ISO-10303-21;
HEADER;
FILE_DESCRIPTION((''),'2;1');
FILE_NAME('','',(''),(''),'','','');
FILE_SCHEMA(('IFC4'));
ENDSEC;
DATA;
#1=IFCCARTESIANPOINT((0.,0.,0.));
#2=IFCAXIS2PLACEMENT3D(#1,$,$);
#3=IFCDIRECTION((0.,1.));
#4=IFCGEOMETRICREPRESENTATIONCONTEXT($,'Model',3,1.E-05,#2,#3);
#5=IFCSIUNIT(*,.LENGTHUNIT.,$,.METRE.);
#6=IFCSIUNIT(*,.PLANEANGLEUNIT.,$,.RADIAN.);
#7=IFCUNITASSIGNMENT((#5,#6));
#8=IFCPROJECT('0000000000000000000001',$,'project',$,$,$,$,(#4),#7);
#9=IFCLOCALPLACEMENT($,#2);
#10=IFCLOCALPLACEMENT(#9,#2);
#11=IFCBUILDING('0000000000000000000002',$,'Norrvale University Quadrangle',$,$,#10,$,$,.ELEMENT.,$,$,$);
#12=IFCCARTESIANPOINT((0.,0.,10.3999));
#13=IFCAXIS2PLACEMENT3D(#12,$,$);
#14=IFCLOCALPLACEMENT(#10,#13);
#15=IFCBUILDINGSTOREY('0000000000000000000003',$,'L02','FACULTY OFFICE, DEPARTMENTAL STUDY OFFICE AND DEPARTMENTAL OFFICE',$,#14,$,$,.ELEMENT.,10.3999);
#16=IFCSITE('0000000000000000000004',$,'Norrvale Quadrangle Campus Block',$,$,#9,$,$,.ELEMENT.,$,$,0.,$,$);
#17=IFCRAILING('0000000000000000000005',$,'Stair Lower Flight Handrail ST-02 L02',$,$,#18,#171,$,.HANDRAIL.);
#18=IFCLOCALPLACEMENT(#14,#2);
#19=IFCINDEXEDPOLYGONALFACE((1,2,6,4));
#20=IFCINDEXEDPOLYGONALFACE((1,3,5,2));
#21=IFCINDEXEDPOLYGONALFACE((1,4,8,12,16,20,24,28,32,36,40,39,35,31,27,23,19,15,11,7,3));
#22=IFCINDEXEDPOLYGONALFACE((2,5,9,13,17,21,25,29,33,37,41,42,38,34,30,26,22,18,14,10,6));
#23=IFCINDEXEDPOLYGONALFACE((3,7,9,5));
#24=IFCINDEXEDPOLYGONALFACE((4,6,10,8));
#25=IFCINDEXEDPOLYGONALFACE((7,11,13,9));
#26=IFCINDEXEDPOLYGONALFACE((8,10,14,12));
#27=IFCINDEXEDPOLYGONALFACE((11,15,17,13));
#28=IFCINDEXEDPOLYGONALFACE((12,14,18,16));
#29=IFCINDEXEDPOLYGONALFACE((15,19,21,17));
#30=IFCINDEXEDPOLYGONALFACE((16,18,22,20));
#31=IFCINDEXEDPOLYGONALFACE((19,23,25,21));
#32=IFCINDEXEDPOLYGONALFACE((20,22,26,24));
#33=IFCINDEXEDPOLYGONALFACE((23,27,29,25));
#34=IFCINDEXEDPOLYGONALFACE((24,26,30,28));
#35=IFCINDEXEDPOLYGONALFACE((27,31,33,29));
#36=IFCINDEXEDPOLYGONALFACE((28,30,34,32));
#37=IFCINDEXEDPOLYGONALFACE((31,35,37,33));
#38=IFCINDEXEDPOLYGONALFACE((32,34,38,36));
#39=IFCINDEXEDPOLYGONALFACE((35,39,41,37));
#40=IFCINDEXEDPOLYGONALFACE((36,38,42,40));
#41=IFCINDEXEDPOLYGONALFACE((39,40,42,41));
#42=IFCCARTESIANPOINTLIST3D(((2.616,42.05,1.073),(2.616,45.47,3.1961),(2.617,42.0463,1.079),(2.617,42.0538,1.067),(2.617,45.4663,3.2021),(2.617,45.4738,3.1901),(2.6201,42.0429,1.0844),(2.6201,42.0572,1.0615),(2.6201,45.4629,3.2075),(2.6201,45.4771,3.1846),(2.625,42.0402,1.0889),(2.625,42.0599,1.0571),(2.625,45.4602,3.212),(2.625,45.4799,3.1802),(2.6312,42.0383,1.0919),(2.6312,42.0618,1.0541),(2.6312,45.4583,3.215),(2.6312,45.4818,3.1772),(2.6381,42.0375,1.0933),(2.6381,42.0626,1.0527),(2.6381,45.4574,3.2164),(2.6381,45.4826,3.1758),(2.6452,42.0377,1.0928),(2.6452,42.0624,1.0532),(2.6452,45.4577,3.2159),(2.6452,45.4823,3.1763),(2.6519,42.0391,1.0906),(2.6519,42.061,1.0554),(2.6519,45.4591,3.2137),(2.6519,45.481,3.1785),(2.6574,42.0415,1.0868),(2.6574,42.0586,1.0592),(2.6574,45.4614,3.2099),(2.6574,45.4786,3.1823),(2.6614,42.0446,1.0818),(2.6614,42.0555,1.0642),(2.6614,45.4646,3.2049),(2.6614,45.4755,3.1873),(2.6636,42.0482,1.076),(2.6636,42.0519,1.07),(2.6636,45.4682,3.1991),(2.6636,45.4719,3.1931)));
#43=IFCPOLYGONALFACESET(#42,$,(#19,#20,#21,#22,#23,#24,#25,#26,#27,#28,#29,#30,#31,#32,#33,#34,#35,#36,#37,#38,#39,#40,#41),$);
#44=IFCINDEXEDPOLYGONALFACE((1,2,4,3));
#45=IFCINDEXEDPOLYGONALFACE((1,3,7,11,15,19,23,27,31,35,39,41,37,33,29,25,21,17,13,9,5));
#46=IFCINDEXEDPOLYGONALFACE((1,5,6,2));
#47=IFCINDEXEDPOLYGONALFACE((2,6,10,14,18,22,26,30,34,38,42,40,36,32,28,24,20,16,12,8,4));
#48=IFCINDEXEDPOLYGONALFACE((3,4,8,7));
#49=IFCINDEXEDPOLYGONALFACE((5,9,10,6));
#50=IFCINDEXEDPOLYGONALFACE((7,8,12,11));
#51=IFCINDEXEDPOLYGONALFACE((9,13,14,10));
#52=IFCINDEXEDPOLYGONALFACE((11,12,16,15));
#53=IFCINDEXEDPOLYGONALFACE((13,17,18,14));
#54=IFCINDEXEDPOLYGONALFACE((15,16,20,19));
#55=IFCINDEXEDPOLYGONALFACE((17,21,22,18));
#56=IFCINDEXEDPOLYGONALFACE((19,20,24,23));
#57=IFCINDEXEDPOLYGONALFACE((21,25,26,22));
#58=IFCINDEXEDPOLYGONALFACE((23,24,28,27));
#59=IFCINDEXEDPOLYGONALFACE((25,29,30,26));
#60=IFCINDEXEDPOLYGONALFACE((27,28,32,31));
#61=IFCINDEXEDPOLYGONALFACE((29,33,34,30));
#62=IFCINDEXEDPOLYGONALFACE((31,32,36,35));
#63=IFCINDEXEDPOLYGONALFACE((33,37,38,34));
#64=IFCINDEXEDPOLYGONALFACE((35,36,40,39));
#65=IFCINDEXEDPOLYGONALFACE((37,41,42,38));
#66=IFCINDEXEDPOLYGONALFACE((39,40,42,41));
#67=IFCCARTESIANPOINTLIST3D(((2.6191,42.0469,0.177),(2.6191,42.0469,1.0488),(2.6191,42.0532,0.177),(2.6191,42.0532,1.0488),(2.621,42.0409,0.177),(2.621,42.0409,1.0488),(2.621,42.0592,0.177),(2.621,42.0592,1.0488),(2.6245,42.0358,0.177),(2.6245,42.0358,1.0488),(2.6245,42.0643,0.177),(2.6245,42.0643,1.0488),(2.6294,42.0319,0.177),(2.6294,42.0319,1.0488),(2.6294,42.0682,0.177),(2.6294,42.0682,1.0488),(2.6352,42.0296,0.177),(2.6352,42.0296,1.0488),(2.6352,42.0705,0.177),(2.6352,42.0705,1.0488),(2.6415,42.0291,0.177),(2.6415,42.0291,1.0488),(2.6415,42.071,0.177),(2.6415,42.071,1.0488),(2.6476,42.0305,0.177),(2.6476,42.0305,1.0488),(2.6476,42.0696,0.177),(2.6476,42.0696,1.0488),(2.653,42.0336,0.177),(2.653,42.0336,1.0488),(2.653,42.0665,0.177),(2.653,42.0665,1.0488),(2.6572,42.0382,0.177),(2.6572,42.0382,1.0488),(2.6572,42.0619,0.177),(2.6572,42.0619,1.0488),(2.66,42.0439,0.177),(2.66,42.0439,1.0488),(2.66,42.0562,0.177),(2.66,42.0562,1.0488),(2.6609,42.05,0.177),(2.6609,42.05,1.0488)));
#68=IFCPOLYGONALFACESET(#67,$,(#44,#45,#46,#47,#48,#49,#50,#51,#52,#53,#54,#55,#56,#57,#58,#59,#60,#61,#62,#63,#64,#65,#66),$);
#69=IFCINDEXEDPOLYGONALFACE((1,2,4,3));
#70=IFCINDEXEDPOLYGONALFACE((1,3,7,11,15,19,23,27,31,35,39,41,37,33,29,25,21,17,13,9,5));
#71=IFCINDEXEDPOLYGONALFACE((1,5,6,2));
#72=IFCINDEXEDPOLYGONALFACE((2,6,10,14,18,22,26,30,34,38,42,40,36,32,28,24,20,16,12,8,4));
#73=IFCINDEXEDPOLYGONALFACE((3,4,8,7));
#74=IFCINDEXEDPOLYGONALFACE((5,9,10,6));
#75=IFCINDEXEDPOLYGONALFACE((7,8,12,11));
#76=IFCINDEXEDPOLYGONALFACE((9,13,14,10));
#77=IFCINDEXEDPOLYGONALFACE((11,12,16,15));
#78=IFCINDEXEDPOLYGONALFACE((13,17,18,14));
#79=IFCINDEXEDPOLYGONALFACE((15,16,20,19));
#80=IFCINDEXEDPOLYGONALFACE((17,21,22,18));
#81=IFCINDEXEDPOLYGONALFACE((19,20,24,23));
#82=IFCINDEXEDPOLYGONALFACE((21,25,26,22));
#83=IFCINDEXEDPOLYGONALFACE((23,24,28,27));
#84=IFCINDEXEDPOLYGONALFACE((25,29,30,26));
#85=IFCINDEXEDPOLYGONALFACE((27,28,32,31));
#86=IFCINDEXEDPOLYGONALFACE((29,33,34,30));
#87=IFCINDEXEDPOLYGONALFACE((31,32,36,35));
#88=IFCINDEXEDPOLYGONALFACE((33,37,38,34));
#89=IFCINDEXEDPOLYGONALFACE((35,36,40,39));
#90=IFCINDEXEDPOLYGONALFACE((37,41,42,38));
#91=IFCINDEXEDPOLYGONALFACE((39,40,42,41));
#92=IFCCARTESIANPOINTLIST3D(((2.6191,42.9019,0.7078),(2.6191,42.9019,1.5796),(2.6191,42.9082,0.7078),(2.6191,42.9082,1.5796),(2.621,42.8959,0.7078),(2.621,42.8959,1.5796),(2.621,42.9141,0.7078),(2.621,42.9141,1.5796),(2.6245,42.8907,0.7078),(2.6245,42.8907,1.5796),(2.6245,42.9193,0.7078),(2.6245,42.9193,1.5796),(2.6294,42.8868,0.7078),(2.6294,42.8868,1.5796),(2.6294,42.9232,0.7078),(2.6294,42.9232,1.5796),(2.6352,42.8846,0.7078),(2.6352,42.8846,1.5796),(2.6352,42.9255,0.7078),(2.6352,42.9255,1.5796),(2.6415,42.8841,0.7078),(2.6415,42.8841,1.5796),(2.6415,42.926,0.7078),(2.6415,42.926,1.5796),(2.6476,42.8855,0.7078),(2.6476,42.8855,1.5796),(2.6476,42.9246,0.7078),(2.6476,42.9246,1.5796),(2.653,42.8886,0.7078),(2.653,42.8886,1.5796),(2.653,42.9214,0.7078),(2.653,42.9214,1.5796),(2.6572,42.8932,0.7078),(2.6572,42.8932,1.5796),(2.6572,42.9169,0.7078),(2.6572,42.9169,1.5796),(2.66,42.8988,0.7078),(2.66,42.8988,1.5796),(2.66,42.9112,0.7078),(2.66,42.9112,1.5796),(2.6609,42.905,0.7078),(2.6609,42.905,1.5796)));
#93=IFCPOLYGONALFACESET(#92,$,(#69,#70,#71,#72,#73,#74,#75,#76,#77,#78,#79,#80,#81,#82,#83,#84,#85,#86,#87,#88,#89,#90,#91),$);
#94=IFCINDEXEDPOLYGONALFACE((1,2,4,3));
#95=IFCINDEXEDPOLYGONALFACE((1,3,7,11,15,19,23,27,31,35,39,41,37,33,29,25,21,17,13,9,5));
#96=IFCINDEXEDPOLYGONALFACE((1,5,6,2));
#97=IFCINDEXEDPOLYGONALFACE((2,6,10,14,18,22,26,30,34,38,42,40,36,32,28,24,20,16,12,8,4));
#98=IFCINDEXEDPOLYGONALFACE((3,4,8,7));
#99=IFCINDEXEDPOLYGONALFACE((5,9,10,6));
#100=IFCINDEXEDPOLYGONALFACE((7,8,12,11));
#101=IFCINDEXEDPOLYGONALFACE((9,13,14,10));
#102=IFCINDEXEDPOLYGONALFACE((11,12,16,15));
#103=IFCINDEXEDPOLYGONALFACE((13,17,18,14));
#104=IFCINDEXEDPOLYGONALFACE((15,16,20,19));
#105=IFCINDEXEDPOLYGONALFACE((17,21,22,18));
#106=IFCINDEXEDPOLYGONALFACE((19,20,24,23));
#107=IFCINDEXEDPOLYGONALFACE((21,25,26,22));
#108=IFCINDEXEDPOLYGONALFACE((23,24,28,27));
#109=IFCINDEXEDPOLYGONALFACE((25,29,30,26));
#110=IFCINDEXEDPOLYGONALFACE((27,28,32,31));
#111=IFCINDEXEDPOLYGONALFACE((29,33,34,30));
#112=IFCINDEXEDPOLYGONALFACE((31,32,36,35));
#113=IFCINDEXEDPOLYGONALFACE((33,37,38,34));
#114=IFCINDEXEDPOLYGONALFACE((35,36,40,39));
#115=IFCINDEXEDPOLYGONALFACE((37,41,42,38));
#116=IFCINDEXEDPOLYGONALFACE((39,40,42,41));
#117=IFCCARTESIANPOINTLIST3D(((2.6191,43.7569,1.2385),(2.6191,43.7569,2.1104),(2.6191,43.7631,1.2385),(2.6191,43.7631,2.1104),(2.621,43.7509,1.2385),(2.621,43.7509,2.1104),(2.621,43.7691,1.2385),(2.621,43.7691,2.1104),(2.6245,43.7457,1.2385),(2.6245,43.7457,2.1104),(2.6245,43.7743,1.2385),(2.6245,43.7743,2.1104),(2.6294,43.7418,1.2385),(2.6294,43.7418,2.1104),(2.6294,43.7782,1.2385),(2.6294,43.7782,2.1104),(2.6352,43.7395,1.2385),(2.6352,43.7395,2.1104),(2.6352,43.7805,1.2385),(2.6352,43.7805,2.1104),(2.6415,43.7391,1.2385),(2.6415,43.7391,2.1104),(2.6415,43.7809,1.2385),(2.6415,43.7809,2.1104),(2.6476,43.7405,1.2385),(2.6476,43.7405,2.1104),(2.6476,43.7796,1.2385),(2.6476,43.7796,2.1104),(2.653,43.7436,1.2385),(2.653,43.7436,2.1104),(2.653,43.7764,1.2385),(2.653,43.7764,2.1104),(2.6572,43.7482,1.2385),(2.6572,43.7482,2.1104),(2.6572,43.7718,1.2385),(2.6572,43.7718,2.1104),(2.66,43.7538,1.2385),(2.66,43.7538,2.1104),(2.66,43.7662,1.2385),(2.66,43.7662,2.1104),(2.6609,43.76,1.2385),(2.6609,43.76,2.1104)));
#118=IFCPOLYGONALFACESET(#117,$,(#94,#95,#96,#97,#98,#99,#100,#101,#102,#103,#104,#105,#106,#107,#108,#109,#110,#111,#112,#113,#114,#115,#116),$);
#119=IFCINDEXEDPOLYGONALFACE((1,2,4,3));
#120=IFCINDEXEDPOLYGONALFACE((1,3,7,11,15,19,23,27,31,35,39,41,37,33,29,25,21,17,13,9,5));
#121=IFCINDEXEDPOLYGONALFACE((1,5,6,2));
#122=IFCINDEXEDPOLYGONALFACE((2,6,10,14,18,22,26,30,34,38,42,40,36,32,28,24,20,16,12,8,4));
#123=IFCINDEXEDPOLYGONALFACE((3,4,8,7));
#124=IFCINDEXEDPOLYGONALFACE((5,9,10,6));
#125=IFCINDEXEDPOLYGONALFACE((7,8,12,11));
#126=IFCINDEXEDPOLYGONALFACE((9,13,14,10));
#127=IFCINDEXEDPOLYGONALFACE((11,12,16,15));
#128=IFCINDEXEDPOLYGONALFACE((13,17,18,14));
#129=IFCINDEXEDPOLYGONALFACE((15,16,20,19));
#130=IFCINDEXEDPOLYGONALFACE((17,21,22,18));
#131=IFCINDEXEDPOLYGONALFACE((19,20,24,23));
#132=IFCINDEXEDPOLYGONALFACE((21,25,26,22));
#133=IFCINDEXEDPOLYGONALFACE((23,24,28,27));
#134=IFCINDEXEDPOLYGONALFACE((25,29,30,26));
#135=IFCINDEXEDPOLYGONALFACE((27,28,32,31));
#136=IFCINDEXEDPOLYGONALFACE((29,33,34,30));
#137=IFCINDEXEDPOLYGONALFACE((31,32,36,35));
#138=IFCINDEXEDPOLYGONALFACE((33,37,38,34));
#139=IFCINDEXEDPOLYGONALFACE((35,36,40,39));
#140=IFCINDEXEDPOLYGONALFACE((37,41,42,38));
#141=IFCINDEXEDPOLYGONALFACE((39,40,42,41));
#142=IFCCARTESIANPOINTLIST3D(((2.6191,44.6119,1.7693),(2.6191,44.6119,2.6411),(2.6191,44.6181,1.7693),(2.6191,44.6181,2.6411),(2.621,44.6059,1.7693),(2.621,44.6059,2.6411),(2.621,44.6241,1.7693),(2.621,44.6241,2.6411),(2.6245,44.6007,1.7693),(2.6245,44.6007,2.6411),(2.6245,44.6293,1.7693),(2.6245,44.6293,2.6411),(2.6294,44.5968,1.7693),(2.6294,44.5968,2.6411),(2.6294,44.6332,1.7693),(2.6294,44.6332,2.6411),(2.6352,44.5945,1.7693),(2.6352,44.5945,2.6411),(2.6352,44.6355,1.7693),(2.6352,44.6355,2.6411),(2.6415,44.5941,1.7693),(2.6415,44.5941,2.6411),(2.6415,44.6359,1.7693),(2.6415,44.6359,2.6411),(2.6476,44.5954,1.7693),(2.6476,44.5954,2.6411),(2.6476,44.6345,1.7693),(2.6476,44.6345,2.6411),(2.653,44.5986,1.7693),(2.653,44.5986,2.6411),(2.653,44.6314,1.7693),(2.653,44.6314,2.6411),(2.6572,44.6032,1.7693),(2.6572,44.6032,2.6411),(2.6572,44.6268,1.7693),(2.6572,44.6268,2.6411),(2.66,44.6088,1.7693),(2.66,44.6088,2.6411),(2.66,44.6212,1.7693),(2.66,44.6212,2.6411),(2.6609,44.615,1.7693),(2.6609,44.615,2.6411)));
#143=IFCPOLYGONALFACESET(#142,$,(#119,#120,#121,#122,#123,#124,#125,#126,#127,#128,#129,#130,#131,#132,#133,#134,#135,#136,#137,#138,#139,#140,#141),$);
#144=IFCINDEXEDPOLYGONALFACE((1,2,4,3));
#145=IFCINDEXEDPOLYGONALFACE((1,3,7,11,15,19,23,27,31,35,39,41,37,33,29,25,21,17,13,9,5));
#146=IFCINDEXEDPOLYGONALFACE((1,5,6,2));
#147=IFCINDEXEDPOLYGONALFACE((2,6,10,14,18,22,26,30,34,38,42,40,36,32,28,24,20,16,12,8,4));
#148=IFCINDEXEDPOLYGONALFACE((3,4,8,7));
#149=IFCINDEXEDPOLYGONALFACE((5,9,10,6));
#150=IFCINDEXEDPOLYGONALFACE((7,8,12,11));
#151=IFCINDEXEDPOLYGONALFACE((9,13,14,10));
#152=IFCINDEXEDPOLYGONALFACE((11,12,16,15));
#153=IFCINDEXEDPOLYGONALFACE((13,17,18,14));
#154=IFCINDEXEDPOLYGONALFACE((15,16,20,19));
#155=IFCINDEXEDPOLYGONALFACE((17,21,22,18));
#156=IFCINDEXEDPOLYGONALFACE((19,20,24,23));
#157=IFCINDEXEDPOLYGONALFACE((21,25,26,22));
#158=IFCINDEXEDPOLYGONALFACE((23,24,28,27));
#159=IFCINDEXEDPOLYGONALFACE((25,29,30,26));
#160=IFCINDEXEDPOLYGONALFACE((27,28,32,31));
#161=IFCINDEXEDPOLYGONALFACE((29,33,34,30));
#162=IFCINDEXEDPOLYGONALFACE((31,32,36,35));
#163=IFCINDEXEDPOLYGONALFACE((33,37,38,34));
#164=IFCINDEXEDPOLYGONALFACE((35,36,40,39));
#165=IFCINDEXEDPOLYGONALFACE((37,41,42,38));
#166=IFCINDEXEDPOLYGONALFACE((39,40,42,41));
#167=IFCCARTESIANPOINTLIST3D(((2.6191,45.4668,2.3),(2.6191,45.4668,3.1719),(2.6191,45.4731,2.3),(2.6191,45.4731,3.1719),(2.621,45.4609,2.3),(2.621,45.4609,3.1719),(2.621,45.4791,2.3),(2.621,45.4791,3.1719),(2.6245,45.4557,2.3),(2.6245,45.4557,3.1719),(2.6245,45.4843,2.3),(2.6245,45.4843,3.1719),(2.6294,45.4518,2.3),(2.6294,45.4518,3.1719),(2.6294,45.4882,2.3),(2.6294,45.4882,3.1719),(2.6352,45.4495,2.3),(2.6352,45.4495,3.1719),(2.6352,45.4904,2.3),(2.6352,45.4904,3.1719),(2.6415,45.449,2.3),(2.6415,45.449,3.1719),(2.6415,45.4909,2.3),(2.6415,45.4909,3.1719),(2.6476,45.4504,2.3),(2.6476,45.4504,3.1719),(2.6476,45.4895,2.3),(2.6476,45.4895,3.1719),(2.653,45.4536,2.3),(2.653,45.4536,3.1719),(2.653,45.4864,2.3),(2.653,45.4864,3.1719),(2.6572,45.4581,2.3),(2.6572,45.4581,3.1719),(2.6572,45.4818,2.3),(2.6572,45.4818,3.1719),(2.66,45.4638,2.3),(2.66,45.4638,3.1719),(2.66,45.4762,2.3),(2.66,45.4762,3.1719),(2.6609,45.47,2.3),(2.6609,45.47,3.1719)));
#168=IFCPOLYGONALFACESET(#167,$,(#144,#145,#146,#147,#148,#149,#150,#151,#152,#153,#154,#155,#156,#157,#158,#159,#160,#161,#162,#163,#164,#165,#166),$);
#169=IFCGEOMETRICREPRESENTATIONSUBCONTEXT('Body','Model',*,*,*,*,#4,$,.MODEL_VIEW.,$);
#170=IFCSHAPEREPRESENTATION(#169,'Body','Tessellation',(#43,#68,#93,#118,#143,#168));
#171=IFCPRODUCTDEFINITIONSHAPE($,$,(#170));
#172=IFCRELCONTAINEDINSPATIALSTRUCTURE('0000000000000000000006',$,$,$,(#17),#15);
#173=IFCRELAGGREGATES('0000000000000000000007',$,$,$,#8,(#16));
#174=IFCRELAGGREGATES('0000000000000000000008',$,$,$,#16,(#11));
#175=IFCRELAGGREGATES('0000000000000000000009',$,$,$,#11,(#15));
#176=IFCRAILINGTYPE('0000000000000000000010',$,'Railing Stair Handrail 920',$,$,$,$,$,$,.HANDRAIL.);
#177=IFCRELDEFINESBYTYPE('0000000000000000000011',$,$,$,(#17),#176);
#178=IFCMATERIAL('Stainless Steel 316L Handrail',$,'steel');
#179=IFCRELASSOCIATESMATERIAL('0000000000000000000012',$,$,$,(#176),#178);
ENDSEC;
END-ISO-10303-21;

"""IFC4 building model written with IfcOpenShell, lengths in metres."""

from ifc_helpers import new_model, si_unit, direction, frame, origin, origin_2d, place, context, subcontext, project, spatial, circle, extrude, material, type_object, element, save


model = new_model("IFC4")

# Units and contexts
model_context = context("Model", 3, precision=1e-05, world=origin(), true_north=direction((0.0, 1.0)))
body_context = subcontext(model_context, "Body", "Model", "MODEL_VIEW")
ifc_project = project(units=[si_unit("LENGTHUNIT", "METRE"), si_unit("PLANEANGLEUNIT", "RADIAN")], contexts=[model_context])

# Site, building, storey
site_placement = place(None, origin())
site = spatial("IfcSite", under=ifc_project, at=site_placement, Name="Norrvale Quadrangle Campus Block", CompositionType="ELEMENT", RefElevation=0.0)
building_placement = place(site_placement, origin())
building = spatial("IfcBuilding", under=site, at=building_placement, Name="Norrvale University Quadrangle", CompositionType="ELEMENT")
storey_placement = place(building_placement, frame((0.0, 0.0, 10.3999)))
storey = spatial("IfcBuildingStorey", under=building, at=storey_placement, Name="L02", Description="FACULTY OFFICE, DEPARTMENTAL STUDY OFFICE AND DEPARTMENTAL OFFICE", CompositionType="ELEMENT", Elevation=10.3999)

# Railing
ifc_material_1 = material(Name="Stainless Steel 316L Handrail", Category="steel")
railing_type_1 = type_object("IfcRailingType", Name="Railing Stair Handrail 920", PredefinedType="HANDRAIL", material=ifc_material_1)
railing_1_placement = place(storey_placement, frame((2.6399, 42.05, 0.177)))
element("IfcRailing", 1, at=railing_1_placement, inside=storey, type_object=railing_type_1, Name="Stair Lower Flight Handrail ST-02 L02", PredefinedType="HANDRAIL", context=body_context, shape_type="SweptSolid", body=[
    extrude(circle(Radius=0.0239, at=origin_2d()), frame((0.0, 0.0, 0.896), z_axis=(0.0, 0.849603, 0.527423), x_axis=(-1.0, 0.0, 0.0)), (0.0, 0.0, 1.0), 4.0254),
    extrude(circle(Radius=0.021, at=origin_2d()), origin(), (0.0, 0.0, 1.0), 0.8718),
    extrude(circle(Radius=0.021, at=origin_2d()), frame((0.0, 0.855, 0.5308)), (0.0, 0.0, 1.0), 0.8718),
    extrude(circle(Radius=0.021, at=origin_2d()), frame((0.0, 1.71, 1.0615)), (0.0, 0.0, 1.0), 0.8718),
    extrude(circle(Radius=0.021, at=origin_2d()), frame((0.0, 2.5649, 1.5923)), (0.0, 0.0, 1.0), 0.8718),
    extrude(circle(Radius=0.021, at=origin_2d()), frame((0.0, 3.4199, 2.123)), (0.0, 0.0, 1.0), 0.8718),
])

save(model, "model.ifc")
